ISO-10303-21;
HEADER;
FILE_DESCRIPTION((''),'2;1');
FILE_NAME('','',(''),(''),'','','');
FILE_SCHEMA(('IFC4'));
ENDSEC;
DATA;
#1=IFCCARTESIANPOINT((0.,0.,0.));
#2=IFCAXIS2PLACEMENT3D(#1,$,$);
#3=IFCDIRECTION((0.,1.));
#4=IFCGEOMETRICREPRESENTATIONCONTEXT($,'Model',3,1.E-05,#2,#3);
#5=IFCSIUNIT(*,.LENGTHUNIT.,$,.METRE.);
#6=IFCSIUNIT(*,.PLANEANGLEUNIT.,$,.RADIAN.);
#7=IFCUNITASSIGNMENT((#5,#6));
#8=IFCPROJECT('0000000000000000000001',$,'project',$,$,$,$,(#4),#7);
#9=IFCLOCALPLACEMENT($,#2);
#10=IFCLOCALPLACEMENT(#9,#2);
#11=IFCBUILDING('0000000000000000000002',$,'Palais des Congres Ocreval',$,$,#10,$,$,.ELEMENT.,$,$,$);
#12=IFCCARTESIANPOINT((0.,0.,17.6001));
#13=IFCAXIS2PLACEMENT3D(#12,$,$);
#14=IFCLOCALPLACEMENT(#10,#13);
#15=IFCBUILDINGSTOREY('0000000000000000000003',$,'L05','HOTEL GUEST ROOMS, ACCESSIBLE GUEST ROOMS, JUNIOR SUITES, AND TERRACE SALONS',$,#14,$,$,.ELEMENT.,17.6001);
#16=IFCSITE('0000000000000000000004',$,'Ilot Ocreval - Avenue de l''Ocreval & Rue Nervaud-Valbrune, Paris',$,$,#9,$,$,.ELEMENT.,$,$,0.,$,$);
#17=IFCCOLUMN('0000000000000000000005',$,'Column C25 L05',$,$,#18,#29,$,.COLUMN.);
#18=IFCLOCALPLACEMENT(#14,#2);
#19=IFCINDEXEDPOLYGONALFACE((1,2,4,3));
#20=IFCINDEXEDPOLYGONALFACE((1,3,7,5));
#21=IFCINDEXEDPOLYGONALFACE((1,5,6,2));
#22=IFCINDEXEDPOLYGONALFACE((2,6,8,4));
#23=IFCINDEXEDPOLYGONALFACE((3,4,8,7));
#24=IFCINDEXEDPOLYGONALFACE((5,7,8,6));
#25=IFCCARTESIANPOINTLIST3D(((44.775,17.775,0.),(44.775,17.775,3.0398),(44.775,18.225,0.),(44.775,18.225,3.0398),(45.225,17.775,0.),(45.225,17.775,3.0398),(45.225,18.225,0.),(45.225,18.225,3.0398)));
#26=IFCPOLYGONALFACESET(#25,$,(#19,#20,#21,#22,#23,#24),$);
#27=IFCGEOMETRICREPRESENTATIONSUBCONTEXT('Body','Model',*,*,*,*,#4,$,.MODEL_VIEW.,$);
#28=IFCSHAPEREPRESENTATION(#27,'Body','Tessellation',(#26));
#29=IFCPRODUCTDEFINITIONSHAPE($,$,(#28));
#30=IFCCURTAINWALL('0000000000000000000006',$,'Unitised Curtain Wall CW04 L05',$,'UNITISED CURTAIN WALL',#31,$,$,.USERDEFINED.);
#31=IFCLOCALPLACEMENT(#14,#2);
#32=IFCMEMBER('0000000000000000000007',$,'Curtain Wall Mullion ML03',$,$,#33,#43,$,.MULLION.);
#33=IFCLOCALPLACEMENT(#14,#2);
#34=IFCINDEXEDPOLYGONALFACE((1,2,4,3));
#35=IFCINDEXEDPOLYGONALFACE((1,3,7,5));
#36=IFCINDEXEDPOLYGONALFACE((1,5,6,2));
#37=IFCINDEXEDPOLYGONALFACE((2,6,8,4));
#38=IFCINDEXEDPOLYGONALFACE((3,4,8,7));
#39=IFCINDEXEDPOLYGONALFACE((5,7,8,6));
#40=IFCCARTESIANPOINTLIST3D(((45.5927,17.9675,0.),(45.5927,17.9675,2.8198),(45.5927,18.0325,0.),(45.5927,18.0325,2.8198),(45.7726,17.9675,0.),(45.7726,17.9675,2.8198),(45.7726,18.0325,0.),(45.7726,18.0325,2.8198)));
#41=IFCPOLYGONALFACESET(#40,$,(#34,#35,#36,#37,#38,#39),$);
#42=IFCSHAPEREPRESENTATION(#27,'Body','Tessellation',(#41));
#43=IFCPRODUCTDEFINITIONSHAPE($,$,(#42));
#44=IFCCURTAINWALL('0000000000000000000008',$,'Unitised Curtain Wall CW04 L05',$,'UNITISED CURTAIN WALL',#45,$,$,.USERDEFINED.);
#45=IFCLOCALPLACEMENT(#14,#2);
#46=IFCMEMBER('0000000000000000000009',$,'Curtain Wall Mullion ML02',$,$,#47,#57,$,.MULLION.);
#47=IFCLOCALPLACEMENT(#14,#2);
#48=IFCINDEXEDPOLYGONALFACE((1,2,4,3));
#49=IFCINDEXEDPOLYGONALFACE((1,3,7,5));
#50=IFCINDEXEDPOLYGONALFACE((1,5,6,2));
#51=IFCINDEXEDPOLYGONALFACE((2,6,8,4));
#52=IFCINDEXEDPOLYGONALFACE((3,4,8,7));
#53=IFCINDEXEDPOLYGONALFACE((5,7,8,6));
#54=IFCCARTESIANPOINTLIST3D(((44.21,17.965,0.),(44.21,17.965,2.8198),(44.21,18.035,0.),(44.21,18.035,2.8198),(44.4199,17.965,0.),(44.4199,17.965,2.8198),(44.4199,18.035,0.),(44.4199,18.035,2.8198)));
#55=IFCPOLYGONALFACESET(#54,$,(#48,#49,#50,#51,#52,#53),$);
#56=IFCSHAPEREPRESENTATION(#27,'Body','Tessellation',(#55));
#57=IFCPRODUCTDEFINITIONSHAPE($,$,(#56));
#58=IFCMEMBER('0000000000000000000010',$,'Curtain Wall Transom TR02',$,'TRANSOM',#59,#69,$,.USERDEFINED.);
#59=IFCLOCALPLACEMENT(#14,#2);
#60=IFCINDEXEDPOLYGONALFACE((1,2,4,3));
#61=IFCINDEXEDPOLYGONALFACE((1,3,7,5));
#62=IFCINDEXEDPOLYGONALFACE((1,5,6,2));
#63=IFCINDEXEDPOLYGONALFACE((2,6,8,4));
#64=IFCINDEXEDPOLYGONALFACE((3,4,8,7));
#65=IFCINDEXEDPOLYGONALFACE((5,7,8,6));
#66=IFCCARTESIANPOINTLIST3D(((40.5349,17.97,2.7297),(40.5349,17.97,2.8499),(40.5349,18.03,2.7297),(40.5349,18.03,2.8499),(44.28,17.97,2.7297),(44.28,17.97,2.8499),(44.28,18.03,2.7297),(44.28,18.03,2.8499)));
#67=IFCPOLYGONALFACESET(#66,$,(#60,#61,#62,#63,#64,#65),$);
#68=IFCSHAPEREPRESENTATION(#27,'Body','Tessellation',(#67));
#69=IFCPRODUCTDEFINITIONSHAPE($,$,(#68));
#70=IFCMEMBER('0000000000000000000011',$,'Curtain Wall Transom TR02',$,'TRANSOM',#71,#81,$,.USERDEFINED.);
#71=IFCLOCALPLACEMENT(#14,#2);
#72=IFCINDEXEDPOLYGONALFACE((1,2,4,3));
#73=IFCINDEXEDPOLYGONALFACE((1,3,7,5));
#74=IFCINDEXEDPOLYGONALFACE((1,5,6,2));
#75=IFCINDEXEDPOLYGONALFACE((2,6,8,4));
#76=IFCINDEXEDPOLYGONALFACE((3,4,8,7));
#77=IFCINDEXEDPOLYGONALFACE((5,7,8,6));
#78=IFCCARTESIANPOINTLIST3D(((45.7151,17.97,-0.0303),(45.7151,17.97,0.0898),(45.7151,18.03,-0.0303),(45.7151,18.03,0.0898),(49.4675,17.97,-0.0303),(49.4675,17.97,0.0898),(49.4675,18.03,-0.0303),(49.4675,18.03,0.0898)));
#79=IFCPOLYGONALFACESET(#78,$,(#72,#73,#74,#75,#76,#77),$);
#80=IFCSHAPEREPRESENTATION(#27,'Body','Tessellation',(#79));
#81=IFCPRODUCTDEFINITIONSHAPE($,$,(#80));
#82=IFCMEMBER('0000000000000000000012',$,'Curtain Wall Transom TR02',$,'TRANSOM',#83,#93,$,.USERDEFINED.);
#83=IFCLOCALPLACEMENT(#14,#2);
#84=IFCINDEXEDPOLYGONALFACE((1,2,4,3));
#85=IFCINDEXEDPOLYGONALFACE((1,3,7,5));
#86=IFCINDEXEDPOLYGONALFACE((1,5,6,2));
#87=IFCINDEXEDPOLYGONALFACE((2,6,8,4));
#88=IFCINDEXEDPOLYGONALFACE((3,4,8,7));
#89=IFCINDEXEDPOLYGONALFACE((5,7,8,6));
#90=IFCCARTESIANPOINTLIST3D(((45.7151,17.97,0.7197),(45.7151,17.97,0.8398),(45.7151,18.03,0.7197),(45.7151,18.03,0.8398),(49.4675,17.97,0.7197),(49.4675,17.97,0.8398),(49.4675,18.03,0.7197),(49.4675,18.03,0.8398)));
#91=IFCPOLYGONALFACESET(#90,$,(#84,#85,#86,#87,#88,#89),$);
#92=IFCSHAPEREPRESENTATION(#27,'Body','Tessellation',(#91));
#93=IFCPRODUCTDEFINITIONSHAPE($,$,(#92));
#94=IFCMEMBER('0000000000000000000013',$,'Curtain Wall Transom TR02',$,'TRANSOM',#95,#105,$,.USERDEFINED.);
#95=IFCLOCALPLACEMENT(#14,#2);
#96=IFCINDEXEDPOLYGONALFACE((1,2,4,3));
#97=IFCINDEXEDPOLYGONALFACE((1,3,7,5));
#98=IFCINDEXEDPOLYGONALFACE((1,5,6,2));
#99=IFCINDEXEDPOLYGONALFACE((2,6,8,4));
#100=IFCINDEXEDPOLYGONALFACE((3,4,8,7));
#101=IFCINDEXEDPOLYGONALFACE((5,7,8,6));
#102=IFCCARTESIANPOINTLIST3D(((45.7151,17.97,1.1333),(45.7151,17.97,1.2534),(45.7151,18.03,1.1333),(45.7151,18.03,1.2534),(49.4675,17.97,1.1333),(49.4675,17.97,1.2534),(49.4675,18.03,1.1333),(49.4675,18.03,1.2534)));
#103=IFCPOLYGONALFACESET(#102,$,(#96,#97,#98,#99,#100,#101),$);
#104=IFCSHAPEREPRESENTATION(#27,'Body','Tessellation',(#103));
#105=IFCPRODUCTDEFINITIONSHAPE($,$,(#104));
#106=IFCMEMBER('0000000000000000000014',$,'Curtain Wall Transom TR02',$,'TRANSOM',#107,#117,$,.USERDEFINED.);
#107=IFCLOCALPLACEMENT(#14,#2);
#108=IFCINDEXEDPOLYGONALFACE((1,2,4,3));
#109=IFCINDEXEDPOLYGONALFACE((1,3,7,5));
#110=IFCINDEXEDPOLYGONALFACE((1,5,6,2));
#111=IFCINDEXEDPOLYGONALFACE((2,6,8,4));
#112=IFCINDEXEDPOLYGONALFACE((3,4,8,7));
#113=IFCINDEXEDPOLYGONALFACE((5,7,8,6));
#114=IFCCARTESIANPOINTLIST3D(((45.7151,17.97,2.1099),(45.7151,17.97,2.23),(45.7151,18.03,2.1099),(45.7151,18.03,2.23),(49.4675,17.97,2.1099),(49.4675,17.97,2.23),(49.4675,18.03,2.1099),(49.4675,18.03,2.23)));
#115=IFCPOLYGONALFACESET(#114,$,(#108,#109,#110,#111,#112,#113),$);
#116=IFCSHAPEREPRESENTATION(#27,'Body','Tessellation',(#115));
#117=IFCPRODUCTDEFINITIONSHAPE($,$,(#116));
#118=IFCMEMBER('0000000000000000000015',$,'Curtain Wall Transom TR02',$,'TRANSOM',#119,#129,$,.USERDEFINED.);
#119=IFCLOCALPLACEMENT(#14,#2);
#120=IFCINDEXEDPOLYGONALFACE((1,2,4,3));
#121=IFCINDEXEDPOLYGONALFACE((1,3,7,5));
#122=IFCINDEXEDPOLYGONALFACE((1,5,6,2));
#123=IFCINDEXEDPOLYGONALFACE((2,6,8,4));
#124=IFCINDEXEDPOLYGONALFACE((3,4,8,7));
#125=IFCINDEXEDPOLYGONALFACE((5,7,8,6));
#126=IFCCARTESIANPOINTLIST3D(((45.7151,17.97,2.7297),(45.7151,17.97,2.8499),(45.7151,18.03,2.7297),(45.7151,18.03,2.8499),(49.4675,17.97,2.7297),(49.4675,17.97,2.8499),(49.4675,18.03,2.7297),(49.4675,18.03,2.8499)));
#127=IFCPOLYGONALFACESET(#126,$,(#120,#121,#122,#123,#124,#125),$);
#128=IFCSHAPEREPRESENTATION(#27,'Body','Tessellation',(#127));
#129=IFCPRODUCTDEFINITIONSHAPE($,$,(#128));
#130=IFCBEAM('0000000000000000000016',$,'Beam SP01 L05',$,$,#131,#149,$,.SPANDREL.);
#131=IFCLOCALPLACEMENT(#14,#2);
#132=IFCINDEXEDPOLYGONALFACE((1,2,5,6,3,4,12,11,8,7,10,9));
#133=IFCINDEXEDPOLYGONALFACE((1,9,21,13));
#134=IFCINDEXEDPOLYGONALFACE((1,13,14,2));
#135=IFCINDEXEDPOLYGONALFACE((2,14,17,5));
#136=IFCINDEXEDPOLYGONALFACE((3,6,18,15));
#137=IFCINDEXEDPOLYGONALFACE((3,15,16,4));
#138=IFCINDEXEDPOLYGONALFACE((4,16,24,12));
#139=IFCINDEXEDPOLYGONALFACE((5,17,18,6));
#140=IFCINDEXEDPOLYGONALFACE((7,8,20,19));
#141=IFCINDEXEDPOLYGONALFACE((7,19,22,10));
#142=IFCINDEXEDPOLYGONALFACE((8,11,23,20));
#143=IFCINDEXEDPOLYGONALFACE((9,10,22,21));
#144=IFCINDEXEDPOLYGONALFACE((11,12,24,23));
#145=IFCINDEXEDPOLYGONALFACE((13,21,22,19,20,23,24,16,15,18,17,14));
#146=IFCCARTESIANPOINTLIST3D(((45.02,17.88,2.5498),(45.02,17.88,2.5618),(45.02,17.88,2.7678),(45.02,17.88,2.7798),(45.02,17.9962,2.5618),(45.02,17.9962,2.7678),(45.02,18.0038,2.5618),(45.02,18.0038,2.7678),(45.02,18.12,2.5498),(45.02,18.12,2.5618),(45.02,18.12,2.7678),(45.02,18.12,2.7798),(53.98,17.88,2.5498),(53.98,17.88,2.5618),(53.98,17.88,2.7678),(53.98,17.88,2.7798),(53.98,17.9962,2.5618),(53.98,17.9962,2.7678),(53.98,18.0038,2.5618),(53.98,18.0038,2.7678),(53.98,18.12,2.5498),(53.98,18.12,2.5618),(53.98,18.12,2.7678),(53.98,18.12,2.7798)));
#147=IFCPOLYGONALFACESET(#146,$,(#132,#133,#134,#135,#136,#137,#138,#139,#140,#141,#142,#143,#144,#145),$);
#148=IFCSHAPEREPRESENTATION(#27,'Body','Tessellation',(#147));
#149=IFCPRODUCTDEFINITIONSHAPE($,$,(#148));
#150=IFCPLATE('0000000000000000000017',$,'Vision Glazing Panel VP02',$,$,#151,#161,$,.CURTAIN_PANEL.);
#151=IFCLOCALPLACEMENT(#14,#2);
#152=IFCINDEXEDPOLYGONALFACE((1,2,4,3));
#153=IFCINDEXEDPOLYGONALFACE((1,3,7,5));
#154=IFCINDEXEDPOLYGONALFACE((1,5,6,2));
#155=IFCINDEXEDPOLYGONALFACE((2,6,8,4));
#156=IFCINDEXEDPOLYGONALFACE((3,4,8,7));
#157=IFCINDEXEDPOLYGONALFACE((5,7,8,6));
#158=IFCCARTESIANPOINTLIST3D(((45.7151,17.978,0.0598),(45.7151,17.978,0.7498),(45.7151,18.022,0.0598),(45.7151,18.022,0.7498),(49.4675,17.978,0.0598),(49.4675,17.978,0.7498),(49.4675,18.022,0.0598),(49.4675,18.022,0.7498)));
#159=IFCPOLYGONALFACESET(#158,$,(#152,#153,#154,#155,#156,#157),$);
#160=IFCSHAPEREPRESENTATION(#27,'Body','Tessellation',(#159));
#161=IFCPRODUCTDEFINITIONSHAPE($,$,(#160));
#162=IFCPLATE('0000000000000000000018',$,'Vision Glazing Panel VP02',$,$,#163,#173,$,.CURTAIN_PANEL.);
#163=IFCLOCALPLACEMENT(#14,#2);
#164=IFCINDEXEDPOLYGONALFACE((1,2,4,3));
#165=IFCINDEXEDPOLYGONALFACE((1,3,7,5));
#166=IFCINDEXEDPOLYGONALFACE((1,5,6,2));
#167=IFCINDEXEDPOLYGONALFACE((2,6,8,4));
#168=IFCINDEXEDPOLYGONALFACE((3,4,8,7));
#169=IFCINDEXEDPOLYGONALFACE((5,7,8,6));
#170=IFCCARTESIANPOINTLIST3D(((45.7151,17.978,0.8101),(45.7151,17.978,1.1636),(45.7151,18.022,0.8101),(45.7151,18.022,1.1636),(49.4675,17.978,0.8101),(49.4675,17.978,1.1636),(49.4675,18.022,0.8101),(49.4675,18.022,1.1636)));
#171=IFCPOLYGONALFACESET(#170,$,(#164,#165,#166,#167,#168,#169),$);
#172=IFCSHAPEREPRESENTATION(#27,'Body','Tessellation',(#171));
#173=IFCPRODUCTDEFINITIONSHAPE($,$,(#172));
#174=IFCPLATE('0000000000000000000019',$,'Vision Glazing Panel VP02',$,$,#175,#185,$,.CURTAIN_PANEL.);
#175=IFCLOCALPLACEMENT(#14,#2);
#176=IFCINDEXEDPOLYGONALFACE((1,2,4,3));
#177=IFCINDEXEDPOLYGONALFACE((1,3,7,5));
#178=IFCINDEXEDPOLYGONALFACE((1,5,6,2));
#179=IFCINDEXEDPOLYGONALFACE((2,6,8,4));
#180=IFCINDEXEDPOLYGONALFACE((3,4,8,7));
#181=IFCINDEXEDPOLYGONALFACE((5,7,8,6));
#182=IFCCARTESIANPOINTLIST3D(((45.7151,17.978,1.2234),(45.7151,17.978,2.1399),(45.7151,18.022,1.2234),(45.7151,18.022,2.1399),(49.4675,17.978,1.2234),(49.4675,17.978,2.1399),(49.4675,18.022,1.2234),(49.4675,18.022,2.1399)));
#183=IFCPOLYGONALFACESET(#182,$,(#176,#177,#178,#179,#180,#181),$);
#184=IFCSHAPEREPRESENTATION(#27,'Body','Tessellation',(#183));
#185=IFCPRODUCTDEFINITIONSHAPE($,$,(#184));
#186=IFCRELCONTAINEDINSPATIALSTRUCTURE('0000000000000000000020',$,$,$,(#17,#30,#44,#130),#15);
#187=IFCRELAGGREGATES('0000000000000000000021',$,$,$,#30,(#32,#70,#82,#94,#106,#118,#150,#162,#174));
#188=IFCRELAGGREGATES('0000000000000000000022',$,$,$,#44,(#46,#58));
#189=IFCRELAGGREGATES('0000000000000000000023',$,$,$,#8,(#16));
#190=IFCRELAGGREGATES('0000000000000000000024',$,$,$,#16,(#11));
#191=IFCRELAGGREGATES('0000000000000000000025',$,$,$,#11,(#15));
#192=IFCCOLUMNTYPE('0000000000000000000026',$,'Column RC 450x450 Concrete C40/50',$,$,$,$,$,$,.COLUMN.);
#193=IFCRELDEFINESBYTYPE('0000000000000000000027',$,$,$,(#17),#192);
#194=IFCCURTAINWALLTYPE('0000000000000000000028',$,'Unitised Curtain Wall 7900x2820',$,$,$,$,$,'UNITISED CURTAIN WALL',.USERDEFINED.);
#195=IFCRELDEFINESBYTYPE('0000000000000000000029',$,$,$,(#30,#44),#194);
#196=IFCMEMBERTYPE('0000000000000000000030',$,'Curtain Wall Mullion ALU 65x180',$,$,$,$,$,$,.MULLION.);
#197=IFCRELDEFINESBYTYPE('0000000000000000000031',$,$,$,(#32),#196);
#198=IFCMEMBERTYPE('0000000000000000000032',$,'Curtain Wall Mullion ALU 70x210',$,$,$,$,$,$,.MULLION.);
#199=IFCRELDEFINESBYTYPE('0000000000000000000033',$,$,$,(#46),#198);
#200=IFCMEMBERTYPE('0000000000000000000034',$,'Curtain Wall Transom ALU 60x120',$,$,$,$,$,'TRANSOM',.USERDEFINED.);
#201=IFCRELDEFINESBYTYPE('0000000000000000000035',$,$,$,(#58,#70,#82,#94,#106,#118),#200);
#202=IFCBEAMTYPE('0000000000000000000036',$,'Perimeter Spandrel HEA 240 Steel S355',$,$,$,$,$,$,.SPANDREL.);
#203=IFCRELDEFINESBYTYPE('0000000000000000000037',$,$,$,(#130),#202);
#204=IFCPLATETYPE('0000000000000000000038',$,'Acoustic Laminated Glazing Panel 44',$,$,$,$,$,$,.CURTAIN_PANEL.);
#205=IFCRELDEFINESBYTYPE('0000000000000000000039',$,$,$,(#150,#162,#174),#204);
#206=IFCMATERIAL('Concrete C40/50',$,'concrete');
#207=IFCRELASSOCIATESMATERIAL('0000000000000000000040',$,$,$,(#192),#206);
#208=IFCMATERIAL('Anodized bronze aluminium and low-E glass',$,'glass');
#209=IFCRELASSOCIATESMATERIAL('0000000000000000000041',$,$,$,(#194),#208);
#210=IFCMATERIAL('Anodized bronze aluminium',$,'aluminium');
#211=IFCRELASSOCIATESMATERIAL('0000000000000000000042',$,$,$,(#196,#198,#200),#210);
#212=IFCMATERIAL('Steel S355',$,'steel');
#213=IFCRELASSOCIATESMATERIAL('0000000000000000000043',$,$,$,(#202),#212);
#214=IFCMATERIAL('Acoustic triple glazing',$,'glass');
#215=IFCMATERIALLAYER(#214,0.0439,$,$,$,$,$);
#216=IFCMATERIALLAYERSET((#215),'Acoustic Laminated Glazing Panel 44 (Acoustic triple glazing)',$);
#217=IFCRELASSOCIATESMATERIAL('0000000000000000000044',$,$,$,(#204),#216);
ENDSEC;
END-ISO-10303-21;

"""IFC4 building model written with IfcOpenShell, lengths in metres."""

from ifc_helpers import new_model, si_unit, direction, frame, origin, origin_2d, place, context, subcontext, project, spatial, rectangle, i_section, extrude, material, layer, layer_set, material_profile, profile_set, type_object, element, aggregate, save


model = new_model("IFC4")

# Units and contexts
model_context = context("Model", 3, precision=1e-05, world=origin(), true_north=direction((0.0, 1.0)))
body_context = subcontext(model_context, "Body", "Model", "MODEL_VIEW")
ifc_project = project(units=[si_unit("LENGTHUNIT", "METRE"), si_unit("PLANEANGLEUNIT", "RADIAN")], contexts=[model_context])

# Site, building, storey
site_placement = place(None, origin())
site = spatial("IfcSite", under=ifc_project, at=site_placement, Name="Ilot Ocreval - Avenue de l'Ocreval & Rue Nervaud-Valbrune, Paris", CompositionType="ELEMENT", RefElevation=0.0)
building_placement = place(site_placement, origin())
building = spatial("IfcBuilding", under=site, at=building_placement, Name="Palais des Congres Ocreval", CompositionType="ELEMENT")
storey_placement = place(building_placement, frame((0.0, 0.0, 17.6001)))
storey = spatial("IfcBuildingStorey", under=building, at=storey_placement, Name="L05", Description="HOTEL GUEST ROOMS, ACCESSIBLE GUEST ROOMS, JUNIOR SUITES, AND TERRACE SALONS", CompositionType="ELEMENT", Elevation=17.6001)

# Column
ifc_material_1 = material(Name="Concrete C40/50", Category="concrete")
ifc_material_profile_1 = material_profile(ifc_material_1, rectangle(XDim=0.45, YDim=0.45, at=origin_2d()), Name="RC 450x450")
ifc_profile_set_1 = profile_set([ifc_material_profile_1], Name="Concrete C40/50")
column_type = type_object("IfcColumnType", Name="Column RC 450x450 Concrete C40/50", PredefinedType="COLUMN", material=ifc_profile_set_1)
column_placement = place(storey_placement, frame((45.0, 18.0, 0.0), z_axis=(0.0, 0.0, 1.0), x_axis=(1.0, 0.0, 0.0)))
element("IfcColumn", 1, at=column_placement, inside=storey, type_object=column_type, Name="Column C25 L05", PredefinedType="COLUMN", context=body_context, shape_type="SweptSolid", body=[
    extrude(rectangle(XDim=0.45, YDim=0.45, at=origin_2d()), origin(), (0.0, 0.0, 1.0), 3.0398),
])

# Curtain wall, member
ifc_material_2 = material(Name="Anodized bronze aluminium and low-E glass", Category="glass")
curtain_wall_type = type_object("IfcCurtainWallType", Name="Unitised Curtain Wall 7900x2820", ElementType="UNITISED CURTAIN WALL", PredefinedType="USERDEFINED", material=ifc_material_2)
curtain_wall_1_placement = place(storey_placement, origin())
curtain_wall_1 = element("IfcCurtainWall", 2, at=curtain_wall_1_placement, inside=storey, type_object=curtain_wall_type, Name="Unitised Curtain Wall CW04 L05", ObjectType="UNITISED CURTAIN WALL", PredefinedType="USERDEFINED")
ifc_material_3 = material(Name="Anodized bronze aluminium", Category="aluminium")
ifc_material_profile_2 = material_profile(ifc_material_3, rectangle(XDim=0.0649, YDim=0.1799, at=origin_2d()), Name="ALU 65x180")
ifc_profile_set_2 = profile_set([ifc_material_profile_2], Name="Anodized bronze aluminium")
member_type_1 = type_object("IfcMemberType", Name="Curtain Wall Mullion ALU 65x180", PredefinedType="MULLION", material=ifc_profile_set_2)
member_1_placement = place(storey_placement, frame((45.6826, 18.0, 0.0), z_axis=(0.0, 0.0, 1.0), x_axis=(0.0, 1.0, 0.0)))
member_1 = element("IfcMember", 3, at=member_1_placement, type_object=member_type_1, Name="Curtain Wall Mullion ML03", PredefinedType="MULLION", context=body_context, shape_type="SweptSolid", body=[
    extrude(rectangle(XDim=0.0649, YDim=0.1799, at=origin_2d()), origin(), (0.0, 0.0, 1.0), 2.8198),
])

# Curtain wall, members
curtain_wall_2_placement = place(storey_placement, origin())
curtain_wall_2 = element("IfcCurtainWall", 4, at=curtain_wall_2_placement, inside=storey, type_object=curtain_wall_type, Name="Unitised Curtain Wall CW04 L05", ObjectType="UNITISED CURTAIN WALL", PredefinedType="USERDEFINED")
ifc_material_profile_3 = material_profile(ifc_material_3, rectangle(XDim=0.0701, YDim=0.21, at=origin_2d()), Name="ALU 70x210")
ifc_profile_set_3 = profile_set([ifc_material_profile_3], Name="Anodized bronze aluminium")
member_type_2 = type_object("IfcMemberType", Name="Curtain Wall Mullion ALU 70x210", PredefinedType="MULLION", material=ifc_profile_set_3)
member_2_placement = place(storey_placement, frame((44.3149, 18.0, 0.0), z_axis=(0.0, 0.0, 1.0), x_axis=(0.0, 1.0, 0.0)))
member_2 = element("IfcMember", 5, at=member_2_placement, type_object=member_type_2, Name="Curtain Wall Mullion ML02", PredefinedType="MULLION", context=body_context, shape_type="SweptSolid", body=[
    extrude(rectangle(XDim=0.0701, YDim=0.21, at=origin_2d()), origin(), (0.0, 0.0, 1.0), 2.8198),
])
ifc_material_profile_4 = material_profile(ifc_material_3, rectangle(XDim=0.0601, YDim=0.1201, at=origin_2d()), Name="ALU 60x120")
ifc_profile_set_4 = profile_set([ifc_material_profile_4], Name="Anodized bronze aluminium")
member_type_3 = type_object("IfcMemberType", Name="Curtain Wall Transom ALU 60x120", ElementType="TRANSOM", PredefinedType="USERDEFINED", material=ifc_profile_set_4)
member_3_placement = place(storey_placement, frame((40.5349, 18.0, 2.7898), z_axis=(1.0, 0.0, 0.0), x_axis=(0.0, 1.0, 0.0)))
member_3 = element("IfcMember", 6, at=member_3_placement, type_object=member_type_3, Name="Curtain Wall Transom TR02", ObjectType="TRANSOM", PredefinedType="USERDEFINED", context=body_context, shape_type="SweptSolid", body=[
    extrude(rectangle(XDim=0.0601, YDim=0.1201, at=origin_2d()), origin(), (0.0, 0.0, 1.0), 3.7451),
])

# Members
member_4_placement = place(storey_placement, frame((45.7151, 18.0, 0.0298), z_axis=(1.0, 0.0, 0.0), x_axis=(0.0, 1.0, 0.0)))
member_4 = element("IfcMember", 7, at=member_4_placement, type_object=member_type_3, Name="Curtain Wall Transom TR02", ObjectType="TRANSOM", PredefinedType="USERDEFINED", context=body_context, shape_type="SweptSolid", body=[
    extrude(rectangle(XDim=0.0601, YDim=0.1201, at=origin_2d()), origin(), (0.0, 0.0, 1.0), 3.7524),
])
member_5_placement = place(storey_placement, frame((45.7151, 18.0, 0.7798), z_axis=(1.0, 0.0, 0.0), x_axis=(0.0, 1.0, 0.0)))
member_5 = element("IfcMember", 8, at=member_5_placement, type_object=member_type_3, Name="Curtain Wall Transom TR02", ObjectType="TRANSOM", PredefinedType="USERDEFINED", context=body_context, shape_type="SweptSolid", body=[
    extrude(rectangle(XDim=0.0601, YDim=0.1201, at=origin_2d()), origin(), (0.0, 0.0, 1.0), 3.7524),
])
member_6_placement = place(storey_placement, frame((45.7151, 18.0, 1.1934), z_axis=(1.0, 0.0, 0.0), x_axis=(0.0, 1.0, 0.0)))
member_6 = element("IfcMember", 9, at=member_6_placement, type_object=member_type_3, Name="Curtain Wall Transom TR02", ObjectType="TRANSOM", PredefinedType="USERDEFINED", context=body_context, shape_type="SweptSolid", body=[
    extrude(rectangle(XDim=0.0601, YDim=0.1201, at=origin_2d()), origin(), (0.0, 0.0, 1.0), 3.7524),
])
member_7_placement = place(storey_placement, frame((45.7151, 18.0, 2.1699), z_axis=(1.0, 0.0, 0.0), x_axis=(0.0, 1.0, 0.0)))
member_7 = element("IfcMember", 10, at=member_7_placement, type_object=member_type_3, Name="Curtain Wall Transom TR02", ObjectType="TRANSOM", PredefinedType="USERDEFINED", context=body_context, shape_type="SweptSolid", body=[
    extrude(rectangle(XDim=0.0601, YDim=0.1201, at=origin_2d()), origin(), (0.0, 0.0, 1.0), 3.7524),
])
member_8_placement = place(storey_placement, frame((45.7151, 18.0, 2.7898), z_axis=(1.0, 0.0, 0.0), x_axis=(0.0, 1.0, 0.0)))
member_8 = element("IfcMember", 11, at=member_8_placement, type_object=member_type_3, Name="Curtain Wall Transom TR02", ObjectType="TRANSOM", PredefinedType="USERDEFINED", context=body_context, shape_type="SweptSolid", body=[
    extrude(rectangle(XDim=0.0601, YDim=0.1201, at=origin_2d()), origin(), (0.0, 0.0, 1.0), 3.7524),
])

# Beam
ifc_material_4 = material(Name="Steel S355", Category="steel")
ifc_material_profile_5 = material_profile(ifc_material_4, i_section(OverallWidth=0.24, OverallDepth=0.23, WebThickness=0.0076, FlangeThickness=0.012, at=origin_2d()), Name="HEA 240")
ifc_profile_set_5 = profile_set([ifc_material_profile_5], Name="Steel S355")
beam_type = type_object("IfcBeamType", Name="Perimeter Spandrel HEA 240 Steel S355", PredefinedType="SPANDREL", material=ifc_profile_set_5)
beam_placement = place(storey_placement, frame((45.02, 18.0, 2.6648), z_axis=(1.0, 0.0, 0.0), x_axis=(0.0, 1.0, 0.0)))
element("IfcBeam", 12, at=beam_placement, inside=storey, type_object=beam_type, Name="Beam SP01 L05", PredefinedType="SPANDREL", context=body_context, shape_type="SweptSolid", body=[
    extrude(i_section(OverallWidth=0.24, OverallDepth=0.23, WebThickness=0.0076, FlangeThickness=0.012, at=origin_2d()), origin(), (0.0, 0.0, 1.0), 8.96),
])

# Plates
ifc_material_5 = material(Name="Acoustic triple glazing", Category="glass")
ifc_layer_1 = layer(ifc_material_5, 0.0439)
ifc_layer_set_1 = layer_set([ifc_layer_1], Name="Acoustic Laminated Glazing Panel 44 (Acoustic triple glazing)")
plate_type_1 = type_object("IfcPlateType", Name="Acoustic Laminated Glazing Panel 44", PredefinedType="CURTAIN_PANEL", material=ifc_layer_set_1)
plate_1_placement = place(storey_placement, frame((47.5913, 18.0, 0.0598), z_axis=(0.0, 0.0, 1.0), x_axis=(1.0, 0.0, 0.0)))
plate_1 = element("IfcPlate", 13, at=plate_1_placement, type_object=plate_type_1, Name="Vision Glazing Panel VP02", PredefinedType="CURTAIN_PANEL", context=body_context, shape_type="SweptSolid", body=[
    extrude(rectangle(XDim=3.7524, YDim=0.0439, at=origin_2d()), origin(), (0.0, 0.0, 1.0), 0.6899),
])
plate_2_placement = place(storey_placement, frame((47.5913, 18.0, 0.8101), z_axis=(0.0, 0.0, 1.0), x_axis=(1.0, 0.0, 0.0)))
plate_2 = element("IfcPlate", 14, at=plate_2_placement, type_object=plate_type_1, Name="Vision Glazing Panel VP02", PredefinedType="CURTAIN_PANEL", context=body_context, shape_type="SweptSolid", body=[
    extrude(rectangle(XDim=3.7524, YDim=0.0439, at=origin_2d()), origin(), (0.0, 0.0, 1.0), 0.3535),
])
plate_3_placement = place(storey_placement, frame((47.5913, 18.0, 1.2234), z_axis=(0.0, 0.0, 1.0), x_axis=(1.0, 0.0, 0.0)))
plate_3 = element("IfcPlate", 15, at=plate_3_placement, type_object=plate_type_1, Name="Vision Glazing Panel VP02", PredefinedType="CURTAIN_PANEL", context=body_context, shape_type="SweptSolid", body=[
    extrude(rectangle(XDim=3.7524, YDim=0.0439, at=origin_2d()), origin(), (0.0, 0.0, 1.0), 0.9165),
])
aggregate(curtain_wall_1, [member_1, member_4, member_5, member_6, member_7, member_8, plate_1, plate_2, plate_3])
aggregate(curtain_wall_2, [member_2, member_3])

save(model, "model.ifc")
